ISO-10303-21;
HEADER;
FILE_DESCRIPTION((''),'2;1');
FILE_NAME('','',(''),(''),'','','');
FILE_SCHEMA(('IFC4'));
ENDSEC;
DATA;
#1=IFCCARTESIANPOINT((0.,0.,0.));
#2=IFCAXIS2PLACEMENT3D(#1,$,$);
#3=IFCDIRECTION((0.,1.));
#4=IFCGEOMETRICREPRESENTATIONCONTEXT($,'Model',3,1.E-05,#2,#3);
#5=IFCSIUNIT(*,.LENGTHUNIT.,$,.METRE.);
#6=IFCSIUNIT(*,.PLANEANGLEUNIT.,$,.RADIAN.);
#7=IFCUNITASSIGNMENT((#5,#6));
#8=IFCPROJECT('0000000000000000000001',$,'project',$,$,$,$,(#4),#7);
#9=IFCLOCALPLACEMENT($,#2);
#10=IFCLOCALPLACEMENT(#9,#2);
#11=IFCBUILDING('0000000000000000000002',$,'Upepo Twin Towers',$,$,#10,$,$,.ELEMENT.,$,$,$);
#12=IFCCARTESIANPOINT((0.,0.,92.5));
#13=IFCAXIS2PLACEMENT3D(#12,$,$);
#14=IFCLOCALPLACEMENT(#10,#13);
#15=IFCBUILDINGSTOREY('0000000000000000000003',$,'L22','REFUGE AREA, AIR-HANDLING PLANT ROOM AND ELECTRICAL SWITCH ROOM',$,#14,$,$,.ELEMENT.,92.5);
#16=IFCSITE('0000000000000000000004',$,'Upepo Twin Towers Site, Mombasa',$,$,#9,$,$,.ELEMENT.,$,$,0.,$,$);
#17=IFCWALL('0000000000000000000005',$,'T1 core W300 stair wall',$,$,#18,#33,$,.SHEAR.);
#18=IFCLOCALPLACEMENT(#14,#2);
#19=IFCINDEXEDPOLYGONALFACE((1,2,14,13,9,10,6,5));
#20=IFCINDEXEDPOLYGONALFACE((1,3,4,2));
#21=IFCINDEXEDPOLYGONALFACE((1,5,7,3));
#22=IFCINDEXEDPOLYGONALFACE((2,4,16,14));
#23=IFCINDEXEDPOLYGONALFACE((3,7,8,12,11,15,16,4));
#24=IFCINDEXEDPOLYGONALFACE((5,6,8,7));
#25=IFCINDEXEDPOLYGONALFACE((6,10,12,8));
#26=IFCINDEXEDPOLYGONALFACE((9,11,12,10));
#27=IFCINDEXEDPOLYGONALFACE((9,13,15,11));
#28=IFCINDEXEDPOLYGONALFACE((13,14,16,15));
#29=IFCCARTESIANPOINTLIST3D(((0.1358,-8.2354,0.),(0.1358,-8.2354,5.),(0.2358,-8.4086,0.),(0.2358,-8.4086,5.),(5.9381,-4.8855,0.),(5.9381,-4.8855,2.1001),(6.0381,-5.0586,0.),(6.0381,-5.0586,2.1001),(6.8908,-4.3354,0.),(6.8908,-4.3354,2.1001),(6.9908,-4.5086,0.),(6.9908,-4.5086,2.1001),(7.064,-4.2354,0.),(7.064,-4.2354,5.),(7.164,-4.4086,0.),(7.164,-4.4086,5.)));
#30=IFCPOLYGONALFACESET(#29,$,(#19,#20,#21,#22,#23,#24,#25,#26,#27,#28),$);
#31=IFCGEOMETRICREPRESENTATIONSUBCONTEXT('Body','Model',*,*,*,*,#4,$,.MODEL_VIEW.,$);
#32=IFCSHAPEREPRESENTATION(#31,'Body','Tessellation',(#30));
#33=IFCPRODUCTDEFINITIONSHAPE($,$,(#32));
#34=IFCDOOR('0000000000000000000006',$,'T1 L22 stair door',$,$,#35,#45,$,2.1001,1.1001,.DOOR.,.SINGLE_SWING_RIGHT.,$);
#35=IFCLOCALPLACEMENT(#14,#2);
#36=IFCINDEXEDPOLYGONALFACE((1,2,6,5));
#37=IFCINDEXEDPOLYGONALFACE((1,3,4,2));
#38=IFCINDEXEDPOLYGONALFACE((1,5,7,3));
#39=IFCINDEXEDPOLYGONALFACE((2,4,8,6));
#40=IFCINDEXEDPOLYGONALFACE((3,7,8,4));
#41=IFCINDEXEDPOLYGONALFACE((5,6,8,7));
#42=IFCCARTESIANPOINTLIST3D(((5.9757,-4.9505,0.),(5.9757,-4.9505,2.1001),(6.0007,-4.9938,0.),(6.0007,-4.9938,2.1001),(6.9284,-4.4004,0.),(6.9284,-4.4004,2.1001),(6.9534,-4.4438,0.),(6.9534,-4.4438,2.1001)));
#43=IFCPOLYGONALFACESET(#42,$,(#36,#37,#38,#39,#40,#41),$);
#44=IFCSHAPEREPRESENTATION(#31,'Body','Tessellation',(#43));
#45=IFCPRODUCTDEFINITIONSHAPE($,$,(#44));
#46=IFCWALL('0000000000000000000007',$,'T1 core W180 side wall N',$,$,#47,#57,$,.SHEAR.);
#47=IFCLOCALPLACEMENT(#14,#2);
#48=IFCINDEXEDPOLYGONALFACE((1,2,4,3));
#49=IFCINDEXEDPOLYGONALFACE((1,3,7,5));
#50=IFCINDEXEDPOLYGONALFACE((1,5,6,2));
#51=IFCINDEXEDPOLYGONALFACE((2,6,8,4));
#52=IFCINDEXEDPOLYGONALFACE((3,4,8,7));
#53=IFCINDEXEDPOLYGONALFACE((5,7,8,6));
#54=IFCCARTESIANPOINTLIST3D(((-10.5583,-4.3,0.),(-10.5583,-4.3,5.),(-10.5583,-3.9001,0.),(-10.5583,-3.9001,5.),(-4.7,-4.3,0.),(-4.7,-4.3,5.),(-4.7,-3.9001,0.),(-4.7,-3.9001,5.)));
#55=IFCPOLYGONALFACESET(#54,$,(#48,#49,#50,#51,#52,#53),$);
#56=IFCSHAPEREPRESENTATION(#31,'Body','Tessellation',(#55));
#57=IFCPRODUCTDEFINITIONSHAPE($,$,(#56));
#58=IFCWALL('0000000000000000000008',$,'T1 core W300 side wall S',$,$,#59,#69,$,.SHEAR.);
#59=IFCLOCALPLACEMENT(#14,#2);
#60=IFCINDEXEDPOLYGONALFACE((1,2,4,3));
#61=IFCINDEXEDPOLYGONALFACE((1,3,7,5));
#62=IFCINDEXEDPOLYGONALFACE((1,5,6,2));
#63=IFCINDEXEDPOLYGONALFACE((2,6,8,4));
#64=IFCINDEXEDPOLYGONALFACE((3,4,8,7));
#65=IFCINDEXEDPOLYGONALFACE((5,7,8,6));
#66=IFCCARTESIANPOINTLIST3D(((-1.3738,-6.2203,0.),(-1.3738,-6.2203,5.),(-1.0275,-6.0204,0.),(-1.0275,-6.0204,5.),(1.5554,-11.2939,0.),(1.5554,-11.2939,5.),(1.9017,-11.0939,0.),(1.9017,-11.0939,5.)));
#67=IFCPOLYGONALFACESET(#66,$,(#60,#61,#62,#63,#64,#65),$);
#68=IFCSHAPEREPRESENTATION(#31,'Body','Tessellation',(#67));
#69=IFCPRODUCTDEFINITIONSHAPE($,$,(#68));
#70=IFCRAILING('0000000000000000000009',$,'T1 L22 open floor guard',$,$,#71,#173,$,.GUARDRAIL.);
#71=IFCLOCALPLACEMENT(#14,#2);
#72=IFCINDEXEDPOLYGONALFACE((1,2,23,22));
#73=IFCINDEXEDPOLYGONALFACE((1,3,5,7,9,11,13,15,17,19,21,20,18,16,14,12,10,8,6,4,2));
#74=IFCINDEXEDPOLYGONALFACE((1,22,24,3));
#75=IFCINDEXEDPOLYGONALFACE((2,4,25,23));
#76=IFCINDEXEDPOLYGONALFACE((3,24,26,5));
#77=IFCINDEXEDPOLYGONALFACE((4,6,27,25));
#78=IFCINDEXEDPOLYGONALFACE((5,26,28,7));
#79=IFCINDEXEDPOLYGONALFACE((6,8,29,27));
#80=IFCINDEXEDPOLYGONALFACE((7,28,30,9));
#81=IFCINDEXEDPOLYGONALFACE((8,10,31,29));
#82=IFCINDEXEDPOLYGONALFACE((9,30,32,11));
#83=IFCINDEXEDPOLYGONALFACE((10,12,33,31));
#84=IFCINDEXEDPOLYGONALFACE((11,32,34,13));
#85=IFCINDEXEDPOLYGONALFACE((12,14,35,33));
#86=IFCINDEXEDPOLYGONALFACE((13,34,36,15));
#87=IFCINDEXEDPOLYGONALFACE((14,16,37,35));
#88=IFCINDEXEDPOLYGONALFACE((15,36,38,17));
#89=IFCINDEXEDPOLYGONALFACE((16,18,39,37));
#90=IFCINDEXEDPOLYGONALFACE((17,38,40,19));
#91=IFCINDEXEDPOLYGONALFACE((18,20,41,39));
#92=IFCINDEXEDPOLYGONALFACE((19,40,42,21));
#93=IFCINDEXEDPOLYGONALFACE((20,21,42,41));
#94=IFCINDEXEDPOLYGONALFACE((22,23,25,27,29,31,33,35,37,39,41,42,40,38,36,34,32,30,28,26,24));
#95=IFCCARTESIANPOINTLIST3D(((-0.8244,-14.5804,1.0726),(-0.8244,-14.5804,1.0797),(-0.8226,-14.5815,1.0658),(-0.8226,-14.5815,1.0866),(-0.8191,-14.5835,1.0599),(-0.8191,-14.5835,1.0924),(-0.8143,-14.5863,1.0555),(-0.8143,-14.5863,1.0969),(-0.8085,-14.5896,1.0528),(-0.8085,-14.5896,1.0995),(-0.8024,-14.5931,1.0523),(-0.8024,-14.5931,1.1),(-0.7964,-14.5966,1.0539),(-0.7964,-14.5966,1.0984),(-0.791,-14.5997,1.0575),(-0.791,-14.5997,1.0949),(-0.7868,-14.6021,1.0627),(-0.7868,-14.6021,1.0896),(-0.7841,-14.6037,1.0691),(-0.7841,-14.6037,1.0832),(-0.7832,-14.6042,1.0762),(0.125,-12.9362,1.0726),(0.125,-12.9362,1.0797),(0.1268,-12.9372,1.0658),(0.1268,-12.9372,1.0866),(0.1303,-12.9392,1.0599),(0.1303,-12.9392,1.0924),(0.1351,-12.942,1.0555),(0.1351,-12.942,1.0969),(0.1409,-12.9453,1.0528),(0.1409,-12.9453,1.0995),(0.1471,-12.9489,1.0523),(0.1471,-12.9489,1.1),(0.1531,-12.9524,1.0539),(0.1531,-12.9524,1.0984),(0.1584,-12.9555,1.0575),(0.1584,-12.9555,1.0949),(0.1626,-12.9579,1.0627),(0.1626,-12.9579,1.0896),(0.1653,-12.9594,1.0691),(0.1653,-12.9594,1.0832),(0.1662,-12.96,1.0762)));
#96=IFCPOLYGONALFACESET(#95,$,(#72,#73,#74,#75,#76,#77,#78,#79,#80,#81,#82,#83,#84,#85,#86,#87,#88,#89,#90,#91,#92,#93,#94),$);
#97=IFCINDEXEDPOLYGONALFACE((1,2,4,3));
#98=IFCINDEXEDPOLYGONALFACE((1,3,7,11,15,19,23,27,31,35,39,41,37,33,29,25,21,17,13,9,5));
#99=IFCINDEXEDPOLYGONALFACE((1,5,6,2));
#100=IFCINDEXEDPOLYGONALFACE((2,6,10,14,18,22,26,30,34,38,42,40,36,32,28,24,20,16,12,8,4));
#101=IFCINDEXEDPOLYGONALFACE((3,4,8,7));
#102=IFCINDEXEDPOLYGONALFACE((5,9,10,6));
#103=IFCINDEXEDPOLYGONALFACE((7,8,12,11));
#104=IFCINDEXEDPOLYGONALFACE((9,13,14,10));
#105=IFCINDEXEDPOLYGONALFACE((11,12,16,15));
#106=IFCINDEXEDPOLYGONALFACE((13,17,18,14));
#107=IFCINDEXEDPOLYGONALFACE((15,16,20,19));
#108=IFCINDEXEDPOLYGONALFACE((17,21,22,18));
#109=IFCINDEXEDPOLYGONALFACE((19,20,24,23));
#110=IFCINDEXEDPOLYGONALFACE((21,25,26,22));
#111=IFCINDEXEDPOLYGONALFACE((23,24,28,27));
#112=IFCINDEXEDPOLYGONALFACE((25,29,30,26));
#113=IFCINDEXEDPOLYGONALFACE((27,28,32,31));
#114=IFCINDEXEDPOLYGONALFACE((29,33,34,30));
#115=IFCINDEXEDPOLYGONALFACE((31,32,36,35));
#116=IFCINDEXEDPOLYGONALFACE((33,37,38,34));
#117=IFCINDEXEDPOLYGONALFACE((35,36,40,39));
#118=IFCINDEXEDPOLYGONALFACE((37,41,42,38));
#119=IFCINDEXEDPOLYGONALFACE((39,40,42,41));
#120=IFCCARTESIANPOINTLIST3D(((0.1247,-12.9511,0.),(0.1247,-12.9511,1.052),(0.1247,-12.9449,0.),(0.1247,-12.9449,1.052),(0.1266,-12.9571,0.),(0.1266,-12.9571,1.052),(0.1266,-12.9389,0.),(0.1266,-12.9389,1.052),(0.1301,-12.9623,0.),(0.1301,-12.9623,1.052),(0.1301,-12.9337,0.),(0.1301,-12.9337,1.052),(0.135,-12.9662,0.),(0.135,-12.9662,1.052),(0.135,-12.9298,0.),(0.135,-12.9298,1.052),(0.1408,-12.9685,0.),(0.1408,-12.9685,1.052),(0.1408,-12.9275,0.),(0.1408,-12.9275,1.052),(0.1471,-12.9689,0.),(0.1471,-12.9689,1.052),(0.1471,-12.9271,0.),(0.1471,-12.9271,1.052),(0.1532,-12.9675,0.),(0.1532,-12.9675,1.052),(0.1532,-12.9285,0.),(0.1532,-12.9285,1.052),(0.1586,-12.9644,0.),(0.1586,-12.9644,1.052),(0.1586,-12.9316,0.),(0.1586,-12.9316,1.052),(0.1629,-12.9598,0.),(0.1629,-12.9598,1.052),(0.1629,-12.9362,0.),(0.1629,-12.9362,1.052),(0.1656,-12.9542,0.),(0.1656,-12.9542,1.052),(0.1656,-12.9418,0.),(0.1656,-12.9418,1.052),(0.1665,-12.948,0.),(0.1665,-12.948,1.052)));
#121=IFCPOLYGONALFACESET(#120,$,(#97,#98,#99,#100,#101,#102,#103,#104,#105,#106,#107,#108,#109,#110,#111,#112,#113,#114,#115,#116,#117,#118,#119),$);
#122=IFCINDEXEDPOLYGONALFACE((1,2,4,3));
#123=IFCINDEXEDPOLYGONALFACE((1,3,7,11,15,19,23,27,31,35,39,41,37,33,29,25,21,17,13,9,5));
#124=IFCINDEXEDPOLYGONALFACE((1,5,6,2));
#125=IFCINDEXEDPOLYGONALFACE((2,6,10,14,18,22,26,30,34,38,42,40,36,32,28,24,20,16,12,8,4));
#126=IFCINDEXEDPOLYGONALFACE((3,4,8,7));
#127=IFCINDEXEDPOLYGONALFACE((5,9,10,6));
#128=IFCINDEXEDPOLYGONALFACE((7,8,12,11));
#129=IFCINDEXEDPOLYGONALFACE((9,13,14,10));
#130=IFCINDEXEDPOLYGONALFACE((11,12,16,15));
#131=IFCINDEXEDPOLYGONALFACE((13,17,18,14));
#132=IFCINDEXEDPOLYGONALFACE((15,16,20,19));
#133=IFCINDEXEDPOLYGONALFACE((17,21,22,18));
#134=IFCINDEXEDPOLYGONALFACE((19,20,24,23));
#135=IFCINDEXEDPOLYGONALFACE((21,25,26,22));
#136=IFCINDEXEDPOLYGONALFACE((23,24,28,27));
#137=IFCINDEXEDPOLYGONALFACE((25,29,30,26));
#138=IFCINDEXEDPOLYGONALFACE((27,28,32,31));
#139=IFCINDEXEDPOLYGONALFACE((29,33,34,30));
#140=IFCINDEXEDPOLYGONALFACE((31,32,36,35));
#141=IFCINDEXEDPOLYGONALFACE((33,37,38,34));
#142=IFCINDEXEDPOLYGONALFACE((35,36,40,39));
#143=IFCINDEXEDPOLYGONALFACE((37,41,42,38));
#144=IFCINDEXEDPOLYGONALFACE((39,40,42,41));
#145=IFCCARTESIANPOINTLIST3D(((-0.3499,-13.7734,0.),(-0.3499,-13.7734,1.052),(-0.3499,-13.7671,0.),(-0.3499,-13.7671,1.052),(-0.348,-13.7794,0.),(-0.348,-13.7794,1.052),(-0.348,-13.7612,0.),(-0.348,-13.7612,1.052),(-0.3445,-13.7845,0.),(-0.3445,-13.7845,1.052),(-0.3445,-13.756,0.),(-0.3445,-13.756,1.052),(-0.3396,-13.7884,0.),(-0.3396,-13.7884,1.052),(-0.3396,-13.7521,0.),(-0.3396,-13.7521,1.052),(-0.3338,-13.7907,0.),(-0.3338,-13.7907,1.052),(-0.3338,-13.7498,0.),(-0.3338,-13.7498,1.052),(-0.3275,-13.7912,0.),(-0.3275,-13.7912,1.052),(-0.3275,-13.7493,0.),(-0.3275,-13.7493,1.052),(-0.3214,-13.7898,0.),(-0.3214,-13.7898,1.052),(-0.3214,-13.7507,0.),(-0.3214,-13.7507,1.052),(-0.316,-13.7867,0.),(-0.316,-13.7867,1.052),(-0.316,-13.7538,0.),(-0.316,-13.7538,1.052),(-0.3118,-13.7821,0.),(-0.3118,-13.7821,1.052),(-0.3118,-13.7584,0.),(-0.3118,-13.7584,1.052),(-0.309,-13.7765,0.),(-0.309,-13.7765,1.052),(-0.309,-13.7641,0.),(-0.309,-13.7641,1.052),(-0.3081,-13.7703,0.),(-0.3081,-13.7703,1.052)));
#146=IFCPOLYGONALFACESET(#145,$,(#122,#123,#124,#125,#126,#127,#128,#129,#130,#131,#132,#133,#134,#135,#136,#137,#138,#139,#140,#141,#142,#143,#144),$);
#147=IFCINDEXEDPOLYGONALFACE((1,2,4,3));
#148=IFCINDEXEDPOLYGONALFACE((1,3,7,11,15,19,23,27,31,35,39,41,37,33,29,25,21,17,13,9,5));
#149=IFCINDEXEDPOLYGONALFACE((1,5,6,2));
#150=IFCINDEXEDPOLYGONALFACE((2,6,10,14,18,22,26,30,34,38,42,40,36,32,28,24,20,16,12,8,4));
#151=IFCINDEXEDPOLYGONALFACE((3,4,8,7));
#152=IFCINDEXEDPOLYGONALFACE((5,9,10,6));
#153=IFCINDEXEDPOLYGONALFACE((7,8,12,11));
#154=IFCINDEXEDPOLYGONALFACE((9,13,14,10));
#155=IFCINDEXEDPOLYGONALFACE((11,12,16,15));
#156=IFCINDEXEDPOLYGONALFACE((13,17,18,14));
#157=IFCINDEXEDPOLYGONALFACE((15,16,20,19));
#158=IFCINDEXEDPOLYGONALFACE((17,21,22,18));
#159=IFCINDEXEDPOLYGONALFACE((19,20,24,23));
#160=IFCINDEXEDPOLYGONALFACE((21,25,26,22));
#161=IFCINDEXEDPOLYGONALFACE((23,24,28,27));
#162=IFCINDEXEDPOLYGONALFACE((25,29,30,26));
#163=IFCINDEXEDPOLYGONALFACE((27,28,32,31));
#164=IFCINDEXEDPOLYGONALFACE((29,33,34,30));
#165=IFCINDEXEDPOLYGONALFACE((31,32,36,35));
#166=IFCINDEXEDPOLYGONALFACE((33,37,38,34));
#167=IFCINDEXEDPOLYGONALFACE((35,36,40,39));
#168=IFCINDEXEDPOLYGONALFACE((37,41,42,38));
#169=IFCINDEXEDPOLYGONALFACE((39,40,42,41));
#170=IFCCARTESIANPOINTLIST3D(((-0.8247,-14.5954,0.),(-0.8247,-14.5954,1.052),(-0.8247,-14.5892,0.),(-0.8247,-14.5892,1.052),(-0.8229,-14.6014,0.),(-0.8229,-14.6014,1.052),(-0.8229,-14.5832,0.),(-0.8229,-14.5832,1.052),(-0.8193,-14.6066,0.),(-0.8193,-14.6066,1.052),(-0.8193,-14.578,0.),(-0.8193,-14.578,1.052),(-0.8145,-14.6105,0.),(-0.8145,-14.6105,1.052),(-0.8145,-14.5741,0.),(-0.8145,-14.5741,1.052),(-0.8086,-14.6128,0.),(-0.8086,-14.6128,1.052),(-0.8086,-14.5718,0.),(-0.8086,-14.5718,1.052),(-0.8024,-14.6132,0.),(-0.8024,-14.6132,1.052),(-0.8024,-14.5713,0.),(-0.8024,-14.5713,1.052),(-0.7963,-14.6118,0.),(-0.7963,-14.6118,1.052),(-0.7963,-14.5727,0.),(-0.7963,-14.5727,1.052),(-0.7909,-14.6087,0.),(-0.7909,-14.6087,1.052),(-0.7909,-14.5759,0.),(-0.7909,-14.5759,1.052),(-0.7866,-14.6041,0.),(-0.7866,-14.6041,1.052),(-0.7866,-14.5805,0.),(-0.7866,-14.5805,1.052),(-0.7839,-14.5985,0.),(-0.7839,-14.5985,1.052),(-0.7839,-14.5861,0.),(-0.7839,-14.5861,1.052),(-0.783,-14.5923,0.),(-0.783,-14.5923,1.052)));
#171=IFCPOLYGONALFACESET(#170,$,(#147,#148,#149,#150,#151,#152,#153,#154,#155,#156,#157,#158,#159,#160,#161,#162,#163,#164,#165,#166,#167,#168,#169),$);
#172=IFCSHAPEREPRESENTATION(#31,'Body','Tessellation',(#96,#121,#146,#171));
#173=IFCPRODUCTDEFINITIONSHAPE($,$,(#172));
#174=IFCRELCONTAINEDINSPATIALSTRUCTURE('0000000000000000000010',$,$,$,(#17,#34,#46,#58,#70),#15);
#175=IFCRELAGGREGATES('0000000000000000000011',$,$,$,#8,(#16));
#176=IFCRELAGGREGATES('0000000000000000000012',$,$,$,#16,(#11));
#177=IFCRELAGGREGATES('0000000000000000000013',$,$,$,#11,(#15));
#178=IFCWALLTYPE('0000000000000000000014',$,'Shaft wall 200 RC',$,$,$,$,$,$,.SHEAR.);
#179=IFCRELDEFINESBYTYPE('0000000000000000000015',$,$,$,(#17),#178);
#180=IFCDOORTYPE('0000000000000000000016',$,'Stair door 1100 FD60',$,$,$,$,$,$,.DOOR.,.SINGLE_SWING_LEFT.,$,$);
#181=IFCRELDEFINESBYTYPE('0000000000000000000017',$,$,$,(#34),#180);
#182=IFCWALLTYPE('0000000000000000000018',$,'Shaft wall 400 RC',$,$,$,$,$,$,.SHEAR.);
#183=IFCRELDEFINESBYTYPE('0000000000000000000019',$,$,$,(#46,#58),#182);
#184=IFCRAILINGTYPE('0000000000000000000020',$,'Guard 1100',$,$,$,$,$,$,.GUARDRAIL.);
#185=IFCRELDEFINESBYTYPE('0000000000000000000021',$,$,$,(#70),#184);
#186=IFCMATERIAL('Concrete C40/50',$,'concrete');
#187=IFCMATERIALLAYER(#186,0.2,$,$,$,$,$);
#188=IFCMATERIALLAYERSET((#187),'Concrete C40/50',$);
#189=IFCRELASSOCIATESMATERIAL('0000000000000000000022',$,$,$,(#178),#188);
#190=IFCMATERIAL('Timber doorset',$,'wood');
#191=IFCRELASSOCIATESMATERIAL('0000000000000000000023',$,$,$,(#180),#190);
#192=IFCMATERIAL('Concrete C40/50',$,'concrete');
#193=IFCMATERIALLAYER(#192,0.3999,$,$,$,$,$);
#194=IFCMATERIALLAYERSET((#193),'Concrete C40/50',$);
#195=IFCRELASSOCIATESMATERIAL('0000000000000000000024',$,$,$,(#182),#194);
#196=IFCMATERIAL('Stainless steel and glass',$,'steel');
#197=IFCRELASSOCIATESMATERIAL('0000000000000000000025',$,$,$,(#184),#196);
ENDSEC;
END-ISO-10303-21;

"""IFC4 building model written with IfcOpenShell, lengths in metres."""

from ifc_helpers import new_model, si_unit, direction, frame, frame_2d, origin, origin_2d, place, context, subcontext, project, spatial, rectangle, circle, extrude, material, layer, layer_set, type_object, element, fill, save


model = new_model("IFC4")

# Units and contexts
model_context = context("Model", 3, precision=1e-05, world=origin(), true_north=direction((0.0, 1.0)))
body_context = subcontext(model_context, "Body", "Model", "MODEL_VIEW")
ifc_project = project(units=[si_unit("LENGTHUNIT", "METRE"), si_unit("PLANEANGLEUNIT", "RADIAN")], contexts=[model_context])

# Site, building, storey
site_placement = place(None, origin())
site = spatial("IfcSite", under=ifc_project, at=site_placement, Name="Upepo Twin Towers Site, Mombasa", CompositionType="ELEMENT", RefElevation=0.0)
building_placement = place(site_placement, origin())
building = spatial("IfcBuilding", under=site, at=building_placement, Name="Upepo Twin Towers", CompositionType="ELEMENT")
storey_placement = place(building_placement, frame((0.0, 0.0, 92.5)))
storey = spatial("IfcBuildingStorey", under=building, at=storey_placement, Name="L22", Description="REFUGE AREA, AIR-HANDLING PLANT ROOM AND ELECTRICAL SWITCH ROOM", CompositionType="ELEMENT", Elevation=92.5)

# Shared definitions
ifc_material_1 = material(Name="Concrete C40/50", Category="concrete")
ifc_layer_1 = layer(ifc_material_1, 0.2)
ifc_layer_set_1 = layer_set([ifc_layer_1], Name="Concrete C40/50")
wall_type_1 = type_object("IfcWallType", Name="Shaft wall 200 RC", PredefinedType="SHEAR", material=ifc_layer_set_1)

# Wall, opening, door
wall_1_placement = place(storey_placement, frame((0.1858, -8.322, 0.0), z_axis=(0.0, 0.0, 1.0), x_axis=(0.866026, 0.499999, 0.0)))
wall_1 = element("IfcWall", 1, at=wall_1_placement, inside=storey, type_object=wall_type_1, Name="T1 core W300 stair wall", PredefinedType="SHEAR", context=body_context, shape_type="SweptSolid", body=[
    extrude(rectangle(XDim=8.0, YDim=0.2, at=frame_2d((4.0, 0.0))), origin(), (0.0, 0.0, 1.0), 5.0),
])
opening_1_placement = place(wall_1_placement, frame((6.7, 0.0, 0.0)))
opening_1 = element("IfcOpeningElement", 2, at=opening_1_placement, cuts=wall_1, PredefinedType="OPENING", context=body_context, shape_type="SweptSolid", body=[
    extrude(rectangle(XDim=1.1001, YDim=2.1001, at=frame_2d((0.55, 1.05))), frame((0.0, 0.1099, 0.0), z_axis=(0.0, -1.0, 0.0), x_axis=(1.0, 0.0, 0.0)), (0.0, 0.0, 1.0), 0.22),
])
ifc_material_2 = material(Name="Timber doorset", Category="wood")
door_type_1 = type_object("IfcDoorType", Name="Stair door 1100 FD60", OperationType="SINGLE_SWING_LEFT", PredefinedType="DOOR", material=ifc_material_2)
door_1_placement = place(opening_1_placement, origin())
door_1 = element("IfcDoor", 3, at=door_1_placement, inside=storey, type_object=door_type_1, Name="T1 L22 stair door", OperationType="SINGLE_SWING_RIGHT", OverallHeight=2.1001, OverallWidth=1.1001, PredefinedType="DOOR", context=body_context, shape_type="SweptSolid", body=[
    extrude(rectangle(XDim=1.1001, YDim=2.1001, at=frame_2d((0.55, 1.05))), frame((0.0, 0.0249, 0.0), z_axis=(0.0, -1.0, 0.0), x_axis=(1.0, 0.0, 0.0)), (0.0, 0.0, 1.0), 0.05),
])
fill(opening_1, door_1)

# Walls
ifc_material_3 = material(Name="Concrete C40/50", Category="concrete")
ifc_layer_2 = layer(ifc_material_3, 0.3999)
ifc_layer_set_2 = layer_set([ifc_layer_2], Name="Concrete C40/50")
wall_type_2 = type_object("IfcWallType", Name="Shaft wall 400 RC", PredefinedType="SHEAR", material=ifc_layer_set_2)
for number, where, z_axis, x_axis, name in (
    (4, (-4.7, -4.1001, 0.0), (0.0, 0.0, 1.0), (-1.0, 0.0, 0.0), "T1 core W180 side wall N"),
    (5, (-1.2007, -6.1204, 0.0), (0.0, 0.0, 1.0), (0.500003, -0.866024, 0.0), "T1 core W300 side wall S"),
):
    element("IfcWall", number, at=place(storey_placement, frame(where, z_axis=z_axis, x_axis=x_axis)), inside=storey, type_object=wall_type_2, Name=name, PredefinedType="SHEAR", context=body_context, shape_type="SweptSolid", body=[
        extrude(rectangle(XDim=5.8584, YDim=0.3999, at=frame_2d((2.9292, 0.0))), origin(), (0.0, 0.0, 1.0), 5.0),
    ])

# Railing
ifc_material_4 = material(Name="Stainless steel and glass", Category="steel")
railing_type = type_object("IfcRailingType", Name="Guard 1100", PredefinedType="GUARDRAIL", material=ifc_material_4)
railing_placement = place(storey_placement, frame((0.1455, -12.948, 0.0)))
element("IfcRailing", 6, at=railing_placement, inside=storey, type_object=railing_type, Name="T1 L22 open floor guard", PredefinedType="GUARDRAIL", context=body_context, shape_type="SweptSolid", body=[
    extrude(circle(Radius=0.0239, at=origin_2d()), frame((0.0, 0.0, 1.0762), z_axis=(-0.500053, -0.865995, 0.0), x_axis=(0.865995, -0.500053, 0.0)), (0.0, 0.0, 1.0), 1.8987),
    extrude(circle(Radius=0.021, at=origin_2d()), origin(), (0.0, 0.0, 1.0), 1.052),
    extrude(circle(Radius=0.021, at=origin_2d()), frame((-0.4746, -0.8223, 0.0)), (0.0, 0.0, 1.0), 1.052),
    extrude(circle(Radius=0.021, at=origin_2d()), frame((-0.9495, -1.6443, 0.0)), (0.0, 0.0, 1.0), 1.052),
])

save(model, "model.ifc")
